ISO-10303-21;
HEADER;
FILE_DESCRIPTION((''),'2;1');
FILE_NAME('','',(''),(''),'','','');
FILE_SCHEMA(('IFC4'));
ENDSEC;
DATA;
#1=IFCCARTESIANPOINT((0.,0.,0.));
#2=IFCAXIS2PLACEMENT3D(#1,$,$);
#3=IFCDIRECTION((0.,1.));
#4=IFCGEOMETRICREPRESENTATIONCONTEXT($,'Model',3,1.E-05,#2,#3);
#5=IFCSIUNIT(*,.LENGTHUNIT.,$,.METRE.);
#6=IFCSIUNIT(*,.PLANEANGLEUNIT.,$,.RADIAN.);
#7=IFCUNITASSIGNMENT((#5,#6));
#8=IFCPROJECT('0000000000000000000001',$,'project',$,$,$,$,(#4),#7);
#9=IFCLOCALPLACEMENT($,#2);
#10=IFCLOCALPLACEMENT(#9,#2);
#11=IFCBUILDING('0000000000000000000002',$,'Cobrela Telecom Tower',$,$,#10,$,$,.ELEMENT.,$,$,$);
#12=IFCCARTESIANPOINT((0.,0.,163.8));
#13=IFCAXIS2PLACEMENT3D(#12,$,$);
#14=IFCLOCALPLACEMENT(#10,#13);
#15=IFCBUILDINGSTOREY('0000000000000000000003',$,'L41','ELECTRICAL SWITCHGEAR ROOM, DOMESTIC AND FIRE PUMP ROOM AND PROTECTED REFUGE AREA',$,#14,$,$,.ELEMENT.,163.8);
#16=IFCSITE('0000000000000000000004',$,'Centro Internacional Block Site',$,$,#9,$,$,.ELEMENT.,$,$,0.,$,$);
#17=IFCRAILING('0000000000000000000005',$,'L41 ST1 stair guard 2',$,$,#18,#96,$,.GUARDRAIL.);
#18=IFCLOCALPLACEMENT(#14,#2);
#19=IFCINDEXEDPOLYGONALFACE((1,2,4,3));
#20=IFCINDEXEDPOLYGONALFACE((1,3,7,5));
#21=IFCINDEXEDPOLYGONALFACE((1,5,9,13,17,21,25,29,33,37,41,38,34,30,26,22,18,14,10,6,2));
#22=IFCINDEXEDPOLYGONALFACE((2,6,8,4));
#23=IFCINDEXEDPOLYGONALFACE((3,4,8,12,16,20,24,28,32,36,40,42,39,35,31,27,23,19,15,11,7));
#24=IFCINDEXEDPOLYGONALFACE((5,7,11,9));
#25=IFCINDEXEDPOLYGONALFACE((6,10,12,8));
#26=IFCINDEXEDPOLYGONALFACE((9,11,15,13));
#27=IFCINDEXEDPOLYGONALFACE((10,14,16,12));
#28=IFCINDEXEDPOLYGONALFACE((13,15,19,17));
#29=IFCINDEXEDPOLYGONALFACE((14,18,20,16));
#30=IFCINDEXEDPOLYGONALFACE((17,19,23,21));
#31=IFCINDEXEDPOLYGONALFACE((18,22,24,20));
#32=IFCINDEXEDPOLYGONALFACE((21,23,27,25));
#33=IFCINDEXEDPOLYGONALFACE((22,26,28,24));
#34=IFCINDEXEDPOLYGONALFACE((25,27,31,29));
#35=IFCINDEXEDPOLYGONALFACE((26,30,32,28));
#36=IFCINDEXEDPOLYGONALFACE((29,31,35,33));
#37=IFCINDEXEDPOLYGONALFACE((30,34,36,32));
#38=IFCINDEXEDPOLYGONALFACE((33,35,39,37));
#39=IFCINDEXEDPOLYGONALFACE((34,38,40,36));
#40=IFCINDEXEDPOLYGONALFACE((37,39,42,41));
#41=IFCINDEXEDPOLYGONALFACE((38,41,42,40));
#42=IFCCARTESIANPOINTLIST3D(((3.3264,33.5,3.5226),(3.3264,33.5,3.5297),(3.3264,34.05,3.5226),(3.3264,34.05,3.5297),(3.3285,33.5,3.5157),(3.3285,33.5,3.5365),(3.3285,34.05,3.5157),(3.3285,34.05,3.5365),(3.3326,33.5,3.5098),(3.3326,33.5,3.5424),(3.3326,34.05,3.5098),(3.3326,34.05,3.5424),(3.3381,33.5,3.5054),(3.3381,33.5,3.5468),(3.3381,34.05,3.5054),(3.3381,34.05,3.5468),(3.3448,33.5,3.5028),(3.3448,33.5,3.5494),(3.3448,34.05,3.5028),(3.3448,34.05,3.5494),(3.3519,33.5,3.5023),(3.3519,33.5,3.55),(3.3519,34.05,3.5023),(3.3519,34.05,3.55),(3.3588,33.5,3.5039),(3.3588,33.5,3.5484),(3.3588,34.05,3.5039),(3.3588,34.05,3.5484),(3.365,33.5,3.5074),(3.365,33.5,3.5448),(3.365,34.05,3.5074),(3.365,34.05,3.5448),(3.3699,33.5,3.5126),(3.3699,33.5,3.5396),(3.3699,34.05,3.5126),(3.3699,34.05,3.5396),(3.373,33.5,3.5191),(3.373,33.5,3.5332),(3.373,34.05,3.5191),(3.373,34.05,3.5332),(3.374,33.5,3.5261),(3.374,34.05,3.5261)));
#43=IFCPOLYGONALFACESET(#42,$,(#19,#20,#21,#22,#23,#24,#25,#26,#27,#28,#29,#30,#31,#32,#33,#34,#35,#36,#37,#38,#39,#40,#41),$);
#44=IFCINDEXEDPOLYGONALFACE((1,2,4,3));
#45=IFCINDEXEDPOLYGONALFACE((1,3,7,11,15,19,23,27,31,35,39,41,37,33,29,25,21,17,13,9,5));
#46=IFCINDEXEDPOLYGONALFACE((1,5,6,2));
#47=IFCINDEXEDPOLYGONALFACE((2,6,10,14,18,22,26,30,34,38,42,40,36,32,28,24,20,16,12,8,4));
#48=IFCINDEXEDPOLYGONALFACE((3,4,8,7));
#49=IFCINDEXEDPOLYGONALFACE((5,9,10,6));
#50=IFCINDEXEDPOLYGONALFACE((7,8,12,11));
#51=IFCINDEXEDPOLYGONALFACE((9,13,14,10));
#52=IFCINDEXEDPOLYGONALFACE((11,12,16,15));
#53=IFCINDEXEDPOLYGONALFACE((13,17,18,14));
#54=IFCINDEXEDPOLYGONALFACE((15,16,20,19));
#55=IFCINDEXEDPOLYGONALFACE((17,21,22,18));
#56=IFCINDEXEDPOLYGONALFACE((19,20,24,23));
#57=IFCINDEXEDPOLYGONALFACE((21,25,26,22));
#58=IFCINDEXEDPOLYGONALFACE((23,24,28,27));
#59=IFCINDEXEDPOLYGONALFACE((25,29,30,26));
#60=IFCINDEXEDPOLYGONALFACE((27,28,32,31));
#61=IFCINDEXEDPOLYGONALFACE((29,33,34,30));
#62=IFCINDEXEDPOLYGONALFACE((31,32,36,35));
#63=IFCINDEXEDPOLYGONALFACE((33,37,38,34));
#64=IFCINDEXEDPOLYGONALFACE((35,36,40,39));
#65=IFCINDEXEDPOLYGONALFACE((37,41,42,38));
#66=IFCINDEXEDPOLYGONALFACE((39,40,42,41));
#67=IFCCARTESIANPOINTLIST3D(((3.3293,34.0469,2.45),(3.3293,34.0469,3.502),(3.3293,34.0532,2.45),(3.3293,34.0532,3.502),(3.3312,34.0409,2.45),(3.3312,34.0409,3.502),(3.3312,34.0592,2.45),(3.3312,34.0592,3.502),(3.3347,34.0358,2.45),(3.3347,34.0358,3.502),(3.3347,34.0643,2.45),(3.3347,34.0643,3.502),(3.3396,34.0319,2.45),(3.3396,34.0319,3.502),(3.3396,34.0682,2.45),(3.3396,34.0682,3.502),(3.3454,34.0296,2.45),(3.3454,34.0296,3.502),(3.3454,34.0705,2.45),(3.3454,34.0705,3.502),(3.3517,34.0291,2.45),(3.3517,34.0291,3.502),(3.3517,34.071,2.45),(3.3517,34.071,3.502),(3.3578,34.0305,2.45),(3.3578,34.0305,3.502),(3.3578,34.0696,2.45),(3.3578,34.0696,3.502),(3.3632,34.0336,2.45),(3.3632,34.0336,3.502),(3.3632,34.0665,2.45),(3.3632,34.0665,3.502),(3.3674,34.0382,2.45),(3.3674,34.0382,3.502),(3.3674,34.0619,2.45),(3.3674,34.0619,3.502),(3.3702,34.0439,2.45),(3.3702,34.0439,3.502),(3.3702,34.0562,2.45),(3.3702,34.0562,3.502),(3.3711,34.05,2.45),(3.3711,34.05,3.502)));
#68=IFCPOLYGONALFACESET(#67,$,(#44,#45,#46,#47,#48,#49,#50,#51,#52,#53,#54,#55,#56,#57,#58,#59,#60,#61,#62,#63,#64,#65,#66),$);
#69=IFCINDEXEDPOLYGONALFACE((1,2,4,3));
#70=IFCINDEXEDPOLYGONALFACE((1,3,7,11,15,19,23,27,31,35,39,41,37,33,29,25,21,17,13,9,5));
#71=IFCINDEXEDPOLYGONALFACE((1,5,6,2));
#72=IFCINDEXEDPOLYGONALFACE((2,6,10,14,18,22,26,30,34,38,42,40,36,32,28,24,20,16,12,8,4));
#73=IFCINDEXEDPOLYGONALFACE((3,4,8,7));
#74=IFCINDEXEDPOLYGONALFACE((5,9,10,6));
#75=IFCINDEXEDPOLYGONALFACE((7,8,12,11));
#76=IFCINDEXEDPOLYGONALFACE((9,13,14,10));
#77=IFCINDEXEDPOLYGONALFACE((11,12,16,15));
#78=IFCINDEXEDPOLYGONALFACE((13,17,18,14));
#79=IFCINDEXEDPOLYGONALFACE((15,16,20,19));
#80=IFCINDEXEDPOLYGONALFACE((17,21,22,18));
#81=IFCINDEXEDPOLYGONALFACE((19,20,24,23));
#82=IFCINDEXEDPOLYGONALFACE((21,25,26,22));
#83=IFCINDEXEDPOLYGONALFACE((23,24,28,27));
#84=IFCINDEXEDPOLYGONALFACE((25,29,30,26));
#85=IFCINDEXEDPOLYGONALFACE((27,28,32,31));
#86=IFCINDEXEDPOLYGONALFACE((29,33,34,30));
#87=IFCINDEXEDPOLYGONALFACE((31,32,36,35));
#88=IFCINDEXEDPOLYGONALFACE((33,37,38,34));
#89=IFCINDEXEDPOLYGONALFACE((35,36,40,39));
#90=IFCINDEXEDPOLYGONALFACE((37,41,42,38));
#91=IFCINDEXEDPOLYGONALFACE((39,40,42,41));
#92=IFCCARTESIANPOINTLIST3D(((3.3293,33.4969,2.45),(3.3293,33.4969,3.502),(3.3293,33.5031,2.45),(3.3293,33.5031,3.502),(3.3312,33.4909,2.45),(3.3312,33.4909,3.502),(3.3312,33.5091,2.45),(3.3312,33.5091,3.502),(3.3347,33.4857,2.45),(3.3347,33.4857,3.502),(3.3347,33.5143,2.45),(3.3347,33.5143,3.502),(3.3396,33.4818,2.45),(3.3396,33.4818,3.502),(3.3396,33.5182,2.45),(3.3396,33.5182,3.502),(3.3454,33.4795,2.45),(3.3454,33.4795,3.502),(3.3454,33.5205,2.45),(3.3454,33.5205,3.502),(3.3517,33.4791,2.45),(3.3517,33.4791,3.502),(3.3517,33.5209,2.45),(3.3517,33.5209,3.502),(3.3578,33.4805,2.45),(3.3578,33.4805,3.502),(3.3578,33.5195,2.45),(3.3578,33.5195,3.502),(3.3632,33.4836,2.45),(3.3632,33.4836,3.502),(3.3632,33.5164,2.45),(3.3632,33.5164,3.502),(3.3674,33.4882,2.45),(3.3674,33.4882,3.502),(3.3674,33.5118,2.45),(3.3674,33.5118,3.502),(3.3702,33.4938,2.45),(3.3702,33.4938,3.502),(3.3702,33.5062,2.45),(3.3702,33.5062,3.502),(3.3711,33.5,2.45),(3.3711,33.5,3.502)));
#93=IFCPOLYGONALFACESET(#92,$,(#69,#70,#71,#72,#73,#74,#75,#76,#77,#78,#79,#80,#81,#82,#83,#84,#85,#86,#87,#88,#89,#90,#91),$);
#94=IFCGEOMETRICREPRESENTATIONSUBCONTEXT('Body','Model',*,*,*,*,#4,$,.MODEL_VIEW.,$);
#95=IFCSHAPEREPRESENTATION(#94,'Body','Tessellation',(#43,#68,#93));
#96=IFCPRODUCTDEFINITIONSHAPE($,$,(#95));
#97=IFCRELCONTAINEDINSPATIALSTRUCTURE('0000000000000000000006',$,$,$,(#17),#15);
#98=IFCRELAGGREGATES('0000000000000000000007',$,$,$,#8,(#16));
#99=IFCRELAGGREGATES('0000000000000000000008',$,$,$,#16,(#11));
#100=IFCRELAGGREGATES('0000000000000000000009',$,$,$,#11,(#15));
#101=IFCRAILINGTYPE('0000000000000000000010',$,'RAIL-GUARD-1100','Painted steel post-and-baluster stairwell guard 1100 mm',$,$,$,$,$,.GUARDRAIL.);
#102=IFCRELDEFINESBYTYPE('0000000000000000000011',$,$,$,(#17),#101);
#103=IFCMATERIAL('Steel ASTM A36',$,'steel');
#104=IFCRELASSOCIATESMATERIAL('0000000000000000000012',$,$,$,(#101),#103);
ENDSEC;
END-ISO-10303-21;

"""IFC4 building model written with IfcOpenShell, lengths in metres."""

from ifc_helpers import new_model, si_unit, direction, frame, origin, origin_2d, place, context, subcontext, project, spatial, circle, extrude, material, type_object, element, save


model = new_model("IFC4")

# Units and contexts
model_context = context("Model", 3, precision=1e-05, world=origin(), true_north=direction((0.0, 1.0)))
body_context = subcontext(model_context, "Body", "Model", "MODEL_VIEW")
ifc_project = project(units=[si_unit("LENGTHUNIT", "METRE"), si_unit("PLANEANGLEUNIT", "RADIAN")], contexts=[model_context])

# Site, building, storey
site_placement = place(None, origin())
site = spatial("IfcSite", under=ifc_project, at=site_placement, Name="Centro Internacional Block Site", CompositionType="ELEMENT", RefElevation=0.0)
building_placement = place(site_placement, origin())
building = spatial("IfcBuilding", under=site, at=building_placement, Name="Cobrela Telecom Tower", CompositionType="ELEMENT")
storey_placement = place(building_placement, frame((0.0, 0.0, 163.8)))
storey = spatial("IfcBuildingStorey", under=building, at=storey_placement, Name="L41", Description="ELECTRICAL SWITCHGEAR ROOM, DOMESTIC AND FIRE PUMP ROOM AND PROTECTED REFUGE AREA", CompositionType="ELEMENT", Elevation=163.8)

# Shared definitions
ifc_material_1 = material(Name="Steel ASTM A36", Category="steel")

# Railing
railing_type_1 = type_object("IfcRailingType", Name="RAIL-GUARD-1100", Description="Painted steel post-and-baluster stairwell guard 1100 mm", PredefinedType="GUARDRAIL", material=ifc_material_1)
railing_1_placement = place(storey_placement, frame((3.3501, 34.05, 2.45)))
element("IfcRailing", 1, at=railing_1_placement, inside=storey, type_object=railing_type_1, Name="L41 ST1 stair guard 2", PredefinedType="GUARDRAIL", context=body_context, shape_type="SweptSolid", body=[
    extrude(circle(Radius=0.0239, at=origin_2d()), frame((0.0, 0.0, 1.0762), z_axis=(0.0, -1.0, 0.0), x_axis=(1.0, 0.0, 0.0)), (0.0, 0.0, 1.0), 0.55),
    extrude(circle(Radius=0.021, at=origin_2d()), origin(), (0.0, 0.0, 1.0), 1.052),
    extrude(circle(Radius=0.021, at=origin_2d()), frame((0.0, -0.55, 0.0)), (0.0, 0.0, 1.0), 1.052),
])

save(model, "model.ifc")
